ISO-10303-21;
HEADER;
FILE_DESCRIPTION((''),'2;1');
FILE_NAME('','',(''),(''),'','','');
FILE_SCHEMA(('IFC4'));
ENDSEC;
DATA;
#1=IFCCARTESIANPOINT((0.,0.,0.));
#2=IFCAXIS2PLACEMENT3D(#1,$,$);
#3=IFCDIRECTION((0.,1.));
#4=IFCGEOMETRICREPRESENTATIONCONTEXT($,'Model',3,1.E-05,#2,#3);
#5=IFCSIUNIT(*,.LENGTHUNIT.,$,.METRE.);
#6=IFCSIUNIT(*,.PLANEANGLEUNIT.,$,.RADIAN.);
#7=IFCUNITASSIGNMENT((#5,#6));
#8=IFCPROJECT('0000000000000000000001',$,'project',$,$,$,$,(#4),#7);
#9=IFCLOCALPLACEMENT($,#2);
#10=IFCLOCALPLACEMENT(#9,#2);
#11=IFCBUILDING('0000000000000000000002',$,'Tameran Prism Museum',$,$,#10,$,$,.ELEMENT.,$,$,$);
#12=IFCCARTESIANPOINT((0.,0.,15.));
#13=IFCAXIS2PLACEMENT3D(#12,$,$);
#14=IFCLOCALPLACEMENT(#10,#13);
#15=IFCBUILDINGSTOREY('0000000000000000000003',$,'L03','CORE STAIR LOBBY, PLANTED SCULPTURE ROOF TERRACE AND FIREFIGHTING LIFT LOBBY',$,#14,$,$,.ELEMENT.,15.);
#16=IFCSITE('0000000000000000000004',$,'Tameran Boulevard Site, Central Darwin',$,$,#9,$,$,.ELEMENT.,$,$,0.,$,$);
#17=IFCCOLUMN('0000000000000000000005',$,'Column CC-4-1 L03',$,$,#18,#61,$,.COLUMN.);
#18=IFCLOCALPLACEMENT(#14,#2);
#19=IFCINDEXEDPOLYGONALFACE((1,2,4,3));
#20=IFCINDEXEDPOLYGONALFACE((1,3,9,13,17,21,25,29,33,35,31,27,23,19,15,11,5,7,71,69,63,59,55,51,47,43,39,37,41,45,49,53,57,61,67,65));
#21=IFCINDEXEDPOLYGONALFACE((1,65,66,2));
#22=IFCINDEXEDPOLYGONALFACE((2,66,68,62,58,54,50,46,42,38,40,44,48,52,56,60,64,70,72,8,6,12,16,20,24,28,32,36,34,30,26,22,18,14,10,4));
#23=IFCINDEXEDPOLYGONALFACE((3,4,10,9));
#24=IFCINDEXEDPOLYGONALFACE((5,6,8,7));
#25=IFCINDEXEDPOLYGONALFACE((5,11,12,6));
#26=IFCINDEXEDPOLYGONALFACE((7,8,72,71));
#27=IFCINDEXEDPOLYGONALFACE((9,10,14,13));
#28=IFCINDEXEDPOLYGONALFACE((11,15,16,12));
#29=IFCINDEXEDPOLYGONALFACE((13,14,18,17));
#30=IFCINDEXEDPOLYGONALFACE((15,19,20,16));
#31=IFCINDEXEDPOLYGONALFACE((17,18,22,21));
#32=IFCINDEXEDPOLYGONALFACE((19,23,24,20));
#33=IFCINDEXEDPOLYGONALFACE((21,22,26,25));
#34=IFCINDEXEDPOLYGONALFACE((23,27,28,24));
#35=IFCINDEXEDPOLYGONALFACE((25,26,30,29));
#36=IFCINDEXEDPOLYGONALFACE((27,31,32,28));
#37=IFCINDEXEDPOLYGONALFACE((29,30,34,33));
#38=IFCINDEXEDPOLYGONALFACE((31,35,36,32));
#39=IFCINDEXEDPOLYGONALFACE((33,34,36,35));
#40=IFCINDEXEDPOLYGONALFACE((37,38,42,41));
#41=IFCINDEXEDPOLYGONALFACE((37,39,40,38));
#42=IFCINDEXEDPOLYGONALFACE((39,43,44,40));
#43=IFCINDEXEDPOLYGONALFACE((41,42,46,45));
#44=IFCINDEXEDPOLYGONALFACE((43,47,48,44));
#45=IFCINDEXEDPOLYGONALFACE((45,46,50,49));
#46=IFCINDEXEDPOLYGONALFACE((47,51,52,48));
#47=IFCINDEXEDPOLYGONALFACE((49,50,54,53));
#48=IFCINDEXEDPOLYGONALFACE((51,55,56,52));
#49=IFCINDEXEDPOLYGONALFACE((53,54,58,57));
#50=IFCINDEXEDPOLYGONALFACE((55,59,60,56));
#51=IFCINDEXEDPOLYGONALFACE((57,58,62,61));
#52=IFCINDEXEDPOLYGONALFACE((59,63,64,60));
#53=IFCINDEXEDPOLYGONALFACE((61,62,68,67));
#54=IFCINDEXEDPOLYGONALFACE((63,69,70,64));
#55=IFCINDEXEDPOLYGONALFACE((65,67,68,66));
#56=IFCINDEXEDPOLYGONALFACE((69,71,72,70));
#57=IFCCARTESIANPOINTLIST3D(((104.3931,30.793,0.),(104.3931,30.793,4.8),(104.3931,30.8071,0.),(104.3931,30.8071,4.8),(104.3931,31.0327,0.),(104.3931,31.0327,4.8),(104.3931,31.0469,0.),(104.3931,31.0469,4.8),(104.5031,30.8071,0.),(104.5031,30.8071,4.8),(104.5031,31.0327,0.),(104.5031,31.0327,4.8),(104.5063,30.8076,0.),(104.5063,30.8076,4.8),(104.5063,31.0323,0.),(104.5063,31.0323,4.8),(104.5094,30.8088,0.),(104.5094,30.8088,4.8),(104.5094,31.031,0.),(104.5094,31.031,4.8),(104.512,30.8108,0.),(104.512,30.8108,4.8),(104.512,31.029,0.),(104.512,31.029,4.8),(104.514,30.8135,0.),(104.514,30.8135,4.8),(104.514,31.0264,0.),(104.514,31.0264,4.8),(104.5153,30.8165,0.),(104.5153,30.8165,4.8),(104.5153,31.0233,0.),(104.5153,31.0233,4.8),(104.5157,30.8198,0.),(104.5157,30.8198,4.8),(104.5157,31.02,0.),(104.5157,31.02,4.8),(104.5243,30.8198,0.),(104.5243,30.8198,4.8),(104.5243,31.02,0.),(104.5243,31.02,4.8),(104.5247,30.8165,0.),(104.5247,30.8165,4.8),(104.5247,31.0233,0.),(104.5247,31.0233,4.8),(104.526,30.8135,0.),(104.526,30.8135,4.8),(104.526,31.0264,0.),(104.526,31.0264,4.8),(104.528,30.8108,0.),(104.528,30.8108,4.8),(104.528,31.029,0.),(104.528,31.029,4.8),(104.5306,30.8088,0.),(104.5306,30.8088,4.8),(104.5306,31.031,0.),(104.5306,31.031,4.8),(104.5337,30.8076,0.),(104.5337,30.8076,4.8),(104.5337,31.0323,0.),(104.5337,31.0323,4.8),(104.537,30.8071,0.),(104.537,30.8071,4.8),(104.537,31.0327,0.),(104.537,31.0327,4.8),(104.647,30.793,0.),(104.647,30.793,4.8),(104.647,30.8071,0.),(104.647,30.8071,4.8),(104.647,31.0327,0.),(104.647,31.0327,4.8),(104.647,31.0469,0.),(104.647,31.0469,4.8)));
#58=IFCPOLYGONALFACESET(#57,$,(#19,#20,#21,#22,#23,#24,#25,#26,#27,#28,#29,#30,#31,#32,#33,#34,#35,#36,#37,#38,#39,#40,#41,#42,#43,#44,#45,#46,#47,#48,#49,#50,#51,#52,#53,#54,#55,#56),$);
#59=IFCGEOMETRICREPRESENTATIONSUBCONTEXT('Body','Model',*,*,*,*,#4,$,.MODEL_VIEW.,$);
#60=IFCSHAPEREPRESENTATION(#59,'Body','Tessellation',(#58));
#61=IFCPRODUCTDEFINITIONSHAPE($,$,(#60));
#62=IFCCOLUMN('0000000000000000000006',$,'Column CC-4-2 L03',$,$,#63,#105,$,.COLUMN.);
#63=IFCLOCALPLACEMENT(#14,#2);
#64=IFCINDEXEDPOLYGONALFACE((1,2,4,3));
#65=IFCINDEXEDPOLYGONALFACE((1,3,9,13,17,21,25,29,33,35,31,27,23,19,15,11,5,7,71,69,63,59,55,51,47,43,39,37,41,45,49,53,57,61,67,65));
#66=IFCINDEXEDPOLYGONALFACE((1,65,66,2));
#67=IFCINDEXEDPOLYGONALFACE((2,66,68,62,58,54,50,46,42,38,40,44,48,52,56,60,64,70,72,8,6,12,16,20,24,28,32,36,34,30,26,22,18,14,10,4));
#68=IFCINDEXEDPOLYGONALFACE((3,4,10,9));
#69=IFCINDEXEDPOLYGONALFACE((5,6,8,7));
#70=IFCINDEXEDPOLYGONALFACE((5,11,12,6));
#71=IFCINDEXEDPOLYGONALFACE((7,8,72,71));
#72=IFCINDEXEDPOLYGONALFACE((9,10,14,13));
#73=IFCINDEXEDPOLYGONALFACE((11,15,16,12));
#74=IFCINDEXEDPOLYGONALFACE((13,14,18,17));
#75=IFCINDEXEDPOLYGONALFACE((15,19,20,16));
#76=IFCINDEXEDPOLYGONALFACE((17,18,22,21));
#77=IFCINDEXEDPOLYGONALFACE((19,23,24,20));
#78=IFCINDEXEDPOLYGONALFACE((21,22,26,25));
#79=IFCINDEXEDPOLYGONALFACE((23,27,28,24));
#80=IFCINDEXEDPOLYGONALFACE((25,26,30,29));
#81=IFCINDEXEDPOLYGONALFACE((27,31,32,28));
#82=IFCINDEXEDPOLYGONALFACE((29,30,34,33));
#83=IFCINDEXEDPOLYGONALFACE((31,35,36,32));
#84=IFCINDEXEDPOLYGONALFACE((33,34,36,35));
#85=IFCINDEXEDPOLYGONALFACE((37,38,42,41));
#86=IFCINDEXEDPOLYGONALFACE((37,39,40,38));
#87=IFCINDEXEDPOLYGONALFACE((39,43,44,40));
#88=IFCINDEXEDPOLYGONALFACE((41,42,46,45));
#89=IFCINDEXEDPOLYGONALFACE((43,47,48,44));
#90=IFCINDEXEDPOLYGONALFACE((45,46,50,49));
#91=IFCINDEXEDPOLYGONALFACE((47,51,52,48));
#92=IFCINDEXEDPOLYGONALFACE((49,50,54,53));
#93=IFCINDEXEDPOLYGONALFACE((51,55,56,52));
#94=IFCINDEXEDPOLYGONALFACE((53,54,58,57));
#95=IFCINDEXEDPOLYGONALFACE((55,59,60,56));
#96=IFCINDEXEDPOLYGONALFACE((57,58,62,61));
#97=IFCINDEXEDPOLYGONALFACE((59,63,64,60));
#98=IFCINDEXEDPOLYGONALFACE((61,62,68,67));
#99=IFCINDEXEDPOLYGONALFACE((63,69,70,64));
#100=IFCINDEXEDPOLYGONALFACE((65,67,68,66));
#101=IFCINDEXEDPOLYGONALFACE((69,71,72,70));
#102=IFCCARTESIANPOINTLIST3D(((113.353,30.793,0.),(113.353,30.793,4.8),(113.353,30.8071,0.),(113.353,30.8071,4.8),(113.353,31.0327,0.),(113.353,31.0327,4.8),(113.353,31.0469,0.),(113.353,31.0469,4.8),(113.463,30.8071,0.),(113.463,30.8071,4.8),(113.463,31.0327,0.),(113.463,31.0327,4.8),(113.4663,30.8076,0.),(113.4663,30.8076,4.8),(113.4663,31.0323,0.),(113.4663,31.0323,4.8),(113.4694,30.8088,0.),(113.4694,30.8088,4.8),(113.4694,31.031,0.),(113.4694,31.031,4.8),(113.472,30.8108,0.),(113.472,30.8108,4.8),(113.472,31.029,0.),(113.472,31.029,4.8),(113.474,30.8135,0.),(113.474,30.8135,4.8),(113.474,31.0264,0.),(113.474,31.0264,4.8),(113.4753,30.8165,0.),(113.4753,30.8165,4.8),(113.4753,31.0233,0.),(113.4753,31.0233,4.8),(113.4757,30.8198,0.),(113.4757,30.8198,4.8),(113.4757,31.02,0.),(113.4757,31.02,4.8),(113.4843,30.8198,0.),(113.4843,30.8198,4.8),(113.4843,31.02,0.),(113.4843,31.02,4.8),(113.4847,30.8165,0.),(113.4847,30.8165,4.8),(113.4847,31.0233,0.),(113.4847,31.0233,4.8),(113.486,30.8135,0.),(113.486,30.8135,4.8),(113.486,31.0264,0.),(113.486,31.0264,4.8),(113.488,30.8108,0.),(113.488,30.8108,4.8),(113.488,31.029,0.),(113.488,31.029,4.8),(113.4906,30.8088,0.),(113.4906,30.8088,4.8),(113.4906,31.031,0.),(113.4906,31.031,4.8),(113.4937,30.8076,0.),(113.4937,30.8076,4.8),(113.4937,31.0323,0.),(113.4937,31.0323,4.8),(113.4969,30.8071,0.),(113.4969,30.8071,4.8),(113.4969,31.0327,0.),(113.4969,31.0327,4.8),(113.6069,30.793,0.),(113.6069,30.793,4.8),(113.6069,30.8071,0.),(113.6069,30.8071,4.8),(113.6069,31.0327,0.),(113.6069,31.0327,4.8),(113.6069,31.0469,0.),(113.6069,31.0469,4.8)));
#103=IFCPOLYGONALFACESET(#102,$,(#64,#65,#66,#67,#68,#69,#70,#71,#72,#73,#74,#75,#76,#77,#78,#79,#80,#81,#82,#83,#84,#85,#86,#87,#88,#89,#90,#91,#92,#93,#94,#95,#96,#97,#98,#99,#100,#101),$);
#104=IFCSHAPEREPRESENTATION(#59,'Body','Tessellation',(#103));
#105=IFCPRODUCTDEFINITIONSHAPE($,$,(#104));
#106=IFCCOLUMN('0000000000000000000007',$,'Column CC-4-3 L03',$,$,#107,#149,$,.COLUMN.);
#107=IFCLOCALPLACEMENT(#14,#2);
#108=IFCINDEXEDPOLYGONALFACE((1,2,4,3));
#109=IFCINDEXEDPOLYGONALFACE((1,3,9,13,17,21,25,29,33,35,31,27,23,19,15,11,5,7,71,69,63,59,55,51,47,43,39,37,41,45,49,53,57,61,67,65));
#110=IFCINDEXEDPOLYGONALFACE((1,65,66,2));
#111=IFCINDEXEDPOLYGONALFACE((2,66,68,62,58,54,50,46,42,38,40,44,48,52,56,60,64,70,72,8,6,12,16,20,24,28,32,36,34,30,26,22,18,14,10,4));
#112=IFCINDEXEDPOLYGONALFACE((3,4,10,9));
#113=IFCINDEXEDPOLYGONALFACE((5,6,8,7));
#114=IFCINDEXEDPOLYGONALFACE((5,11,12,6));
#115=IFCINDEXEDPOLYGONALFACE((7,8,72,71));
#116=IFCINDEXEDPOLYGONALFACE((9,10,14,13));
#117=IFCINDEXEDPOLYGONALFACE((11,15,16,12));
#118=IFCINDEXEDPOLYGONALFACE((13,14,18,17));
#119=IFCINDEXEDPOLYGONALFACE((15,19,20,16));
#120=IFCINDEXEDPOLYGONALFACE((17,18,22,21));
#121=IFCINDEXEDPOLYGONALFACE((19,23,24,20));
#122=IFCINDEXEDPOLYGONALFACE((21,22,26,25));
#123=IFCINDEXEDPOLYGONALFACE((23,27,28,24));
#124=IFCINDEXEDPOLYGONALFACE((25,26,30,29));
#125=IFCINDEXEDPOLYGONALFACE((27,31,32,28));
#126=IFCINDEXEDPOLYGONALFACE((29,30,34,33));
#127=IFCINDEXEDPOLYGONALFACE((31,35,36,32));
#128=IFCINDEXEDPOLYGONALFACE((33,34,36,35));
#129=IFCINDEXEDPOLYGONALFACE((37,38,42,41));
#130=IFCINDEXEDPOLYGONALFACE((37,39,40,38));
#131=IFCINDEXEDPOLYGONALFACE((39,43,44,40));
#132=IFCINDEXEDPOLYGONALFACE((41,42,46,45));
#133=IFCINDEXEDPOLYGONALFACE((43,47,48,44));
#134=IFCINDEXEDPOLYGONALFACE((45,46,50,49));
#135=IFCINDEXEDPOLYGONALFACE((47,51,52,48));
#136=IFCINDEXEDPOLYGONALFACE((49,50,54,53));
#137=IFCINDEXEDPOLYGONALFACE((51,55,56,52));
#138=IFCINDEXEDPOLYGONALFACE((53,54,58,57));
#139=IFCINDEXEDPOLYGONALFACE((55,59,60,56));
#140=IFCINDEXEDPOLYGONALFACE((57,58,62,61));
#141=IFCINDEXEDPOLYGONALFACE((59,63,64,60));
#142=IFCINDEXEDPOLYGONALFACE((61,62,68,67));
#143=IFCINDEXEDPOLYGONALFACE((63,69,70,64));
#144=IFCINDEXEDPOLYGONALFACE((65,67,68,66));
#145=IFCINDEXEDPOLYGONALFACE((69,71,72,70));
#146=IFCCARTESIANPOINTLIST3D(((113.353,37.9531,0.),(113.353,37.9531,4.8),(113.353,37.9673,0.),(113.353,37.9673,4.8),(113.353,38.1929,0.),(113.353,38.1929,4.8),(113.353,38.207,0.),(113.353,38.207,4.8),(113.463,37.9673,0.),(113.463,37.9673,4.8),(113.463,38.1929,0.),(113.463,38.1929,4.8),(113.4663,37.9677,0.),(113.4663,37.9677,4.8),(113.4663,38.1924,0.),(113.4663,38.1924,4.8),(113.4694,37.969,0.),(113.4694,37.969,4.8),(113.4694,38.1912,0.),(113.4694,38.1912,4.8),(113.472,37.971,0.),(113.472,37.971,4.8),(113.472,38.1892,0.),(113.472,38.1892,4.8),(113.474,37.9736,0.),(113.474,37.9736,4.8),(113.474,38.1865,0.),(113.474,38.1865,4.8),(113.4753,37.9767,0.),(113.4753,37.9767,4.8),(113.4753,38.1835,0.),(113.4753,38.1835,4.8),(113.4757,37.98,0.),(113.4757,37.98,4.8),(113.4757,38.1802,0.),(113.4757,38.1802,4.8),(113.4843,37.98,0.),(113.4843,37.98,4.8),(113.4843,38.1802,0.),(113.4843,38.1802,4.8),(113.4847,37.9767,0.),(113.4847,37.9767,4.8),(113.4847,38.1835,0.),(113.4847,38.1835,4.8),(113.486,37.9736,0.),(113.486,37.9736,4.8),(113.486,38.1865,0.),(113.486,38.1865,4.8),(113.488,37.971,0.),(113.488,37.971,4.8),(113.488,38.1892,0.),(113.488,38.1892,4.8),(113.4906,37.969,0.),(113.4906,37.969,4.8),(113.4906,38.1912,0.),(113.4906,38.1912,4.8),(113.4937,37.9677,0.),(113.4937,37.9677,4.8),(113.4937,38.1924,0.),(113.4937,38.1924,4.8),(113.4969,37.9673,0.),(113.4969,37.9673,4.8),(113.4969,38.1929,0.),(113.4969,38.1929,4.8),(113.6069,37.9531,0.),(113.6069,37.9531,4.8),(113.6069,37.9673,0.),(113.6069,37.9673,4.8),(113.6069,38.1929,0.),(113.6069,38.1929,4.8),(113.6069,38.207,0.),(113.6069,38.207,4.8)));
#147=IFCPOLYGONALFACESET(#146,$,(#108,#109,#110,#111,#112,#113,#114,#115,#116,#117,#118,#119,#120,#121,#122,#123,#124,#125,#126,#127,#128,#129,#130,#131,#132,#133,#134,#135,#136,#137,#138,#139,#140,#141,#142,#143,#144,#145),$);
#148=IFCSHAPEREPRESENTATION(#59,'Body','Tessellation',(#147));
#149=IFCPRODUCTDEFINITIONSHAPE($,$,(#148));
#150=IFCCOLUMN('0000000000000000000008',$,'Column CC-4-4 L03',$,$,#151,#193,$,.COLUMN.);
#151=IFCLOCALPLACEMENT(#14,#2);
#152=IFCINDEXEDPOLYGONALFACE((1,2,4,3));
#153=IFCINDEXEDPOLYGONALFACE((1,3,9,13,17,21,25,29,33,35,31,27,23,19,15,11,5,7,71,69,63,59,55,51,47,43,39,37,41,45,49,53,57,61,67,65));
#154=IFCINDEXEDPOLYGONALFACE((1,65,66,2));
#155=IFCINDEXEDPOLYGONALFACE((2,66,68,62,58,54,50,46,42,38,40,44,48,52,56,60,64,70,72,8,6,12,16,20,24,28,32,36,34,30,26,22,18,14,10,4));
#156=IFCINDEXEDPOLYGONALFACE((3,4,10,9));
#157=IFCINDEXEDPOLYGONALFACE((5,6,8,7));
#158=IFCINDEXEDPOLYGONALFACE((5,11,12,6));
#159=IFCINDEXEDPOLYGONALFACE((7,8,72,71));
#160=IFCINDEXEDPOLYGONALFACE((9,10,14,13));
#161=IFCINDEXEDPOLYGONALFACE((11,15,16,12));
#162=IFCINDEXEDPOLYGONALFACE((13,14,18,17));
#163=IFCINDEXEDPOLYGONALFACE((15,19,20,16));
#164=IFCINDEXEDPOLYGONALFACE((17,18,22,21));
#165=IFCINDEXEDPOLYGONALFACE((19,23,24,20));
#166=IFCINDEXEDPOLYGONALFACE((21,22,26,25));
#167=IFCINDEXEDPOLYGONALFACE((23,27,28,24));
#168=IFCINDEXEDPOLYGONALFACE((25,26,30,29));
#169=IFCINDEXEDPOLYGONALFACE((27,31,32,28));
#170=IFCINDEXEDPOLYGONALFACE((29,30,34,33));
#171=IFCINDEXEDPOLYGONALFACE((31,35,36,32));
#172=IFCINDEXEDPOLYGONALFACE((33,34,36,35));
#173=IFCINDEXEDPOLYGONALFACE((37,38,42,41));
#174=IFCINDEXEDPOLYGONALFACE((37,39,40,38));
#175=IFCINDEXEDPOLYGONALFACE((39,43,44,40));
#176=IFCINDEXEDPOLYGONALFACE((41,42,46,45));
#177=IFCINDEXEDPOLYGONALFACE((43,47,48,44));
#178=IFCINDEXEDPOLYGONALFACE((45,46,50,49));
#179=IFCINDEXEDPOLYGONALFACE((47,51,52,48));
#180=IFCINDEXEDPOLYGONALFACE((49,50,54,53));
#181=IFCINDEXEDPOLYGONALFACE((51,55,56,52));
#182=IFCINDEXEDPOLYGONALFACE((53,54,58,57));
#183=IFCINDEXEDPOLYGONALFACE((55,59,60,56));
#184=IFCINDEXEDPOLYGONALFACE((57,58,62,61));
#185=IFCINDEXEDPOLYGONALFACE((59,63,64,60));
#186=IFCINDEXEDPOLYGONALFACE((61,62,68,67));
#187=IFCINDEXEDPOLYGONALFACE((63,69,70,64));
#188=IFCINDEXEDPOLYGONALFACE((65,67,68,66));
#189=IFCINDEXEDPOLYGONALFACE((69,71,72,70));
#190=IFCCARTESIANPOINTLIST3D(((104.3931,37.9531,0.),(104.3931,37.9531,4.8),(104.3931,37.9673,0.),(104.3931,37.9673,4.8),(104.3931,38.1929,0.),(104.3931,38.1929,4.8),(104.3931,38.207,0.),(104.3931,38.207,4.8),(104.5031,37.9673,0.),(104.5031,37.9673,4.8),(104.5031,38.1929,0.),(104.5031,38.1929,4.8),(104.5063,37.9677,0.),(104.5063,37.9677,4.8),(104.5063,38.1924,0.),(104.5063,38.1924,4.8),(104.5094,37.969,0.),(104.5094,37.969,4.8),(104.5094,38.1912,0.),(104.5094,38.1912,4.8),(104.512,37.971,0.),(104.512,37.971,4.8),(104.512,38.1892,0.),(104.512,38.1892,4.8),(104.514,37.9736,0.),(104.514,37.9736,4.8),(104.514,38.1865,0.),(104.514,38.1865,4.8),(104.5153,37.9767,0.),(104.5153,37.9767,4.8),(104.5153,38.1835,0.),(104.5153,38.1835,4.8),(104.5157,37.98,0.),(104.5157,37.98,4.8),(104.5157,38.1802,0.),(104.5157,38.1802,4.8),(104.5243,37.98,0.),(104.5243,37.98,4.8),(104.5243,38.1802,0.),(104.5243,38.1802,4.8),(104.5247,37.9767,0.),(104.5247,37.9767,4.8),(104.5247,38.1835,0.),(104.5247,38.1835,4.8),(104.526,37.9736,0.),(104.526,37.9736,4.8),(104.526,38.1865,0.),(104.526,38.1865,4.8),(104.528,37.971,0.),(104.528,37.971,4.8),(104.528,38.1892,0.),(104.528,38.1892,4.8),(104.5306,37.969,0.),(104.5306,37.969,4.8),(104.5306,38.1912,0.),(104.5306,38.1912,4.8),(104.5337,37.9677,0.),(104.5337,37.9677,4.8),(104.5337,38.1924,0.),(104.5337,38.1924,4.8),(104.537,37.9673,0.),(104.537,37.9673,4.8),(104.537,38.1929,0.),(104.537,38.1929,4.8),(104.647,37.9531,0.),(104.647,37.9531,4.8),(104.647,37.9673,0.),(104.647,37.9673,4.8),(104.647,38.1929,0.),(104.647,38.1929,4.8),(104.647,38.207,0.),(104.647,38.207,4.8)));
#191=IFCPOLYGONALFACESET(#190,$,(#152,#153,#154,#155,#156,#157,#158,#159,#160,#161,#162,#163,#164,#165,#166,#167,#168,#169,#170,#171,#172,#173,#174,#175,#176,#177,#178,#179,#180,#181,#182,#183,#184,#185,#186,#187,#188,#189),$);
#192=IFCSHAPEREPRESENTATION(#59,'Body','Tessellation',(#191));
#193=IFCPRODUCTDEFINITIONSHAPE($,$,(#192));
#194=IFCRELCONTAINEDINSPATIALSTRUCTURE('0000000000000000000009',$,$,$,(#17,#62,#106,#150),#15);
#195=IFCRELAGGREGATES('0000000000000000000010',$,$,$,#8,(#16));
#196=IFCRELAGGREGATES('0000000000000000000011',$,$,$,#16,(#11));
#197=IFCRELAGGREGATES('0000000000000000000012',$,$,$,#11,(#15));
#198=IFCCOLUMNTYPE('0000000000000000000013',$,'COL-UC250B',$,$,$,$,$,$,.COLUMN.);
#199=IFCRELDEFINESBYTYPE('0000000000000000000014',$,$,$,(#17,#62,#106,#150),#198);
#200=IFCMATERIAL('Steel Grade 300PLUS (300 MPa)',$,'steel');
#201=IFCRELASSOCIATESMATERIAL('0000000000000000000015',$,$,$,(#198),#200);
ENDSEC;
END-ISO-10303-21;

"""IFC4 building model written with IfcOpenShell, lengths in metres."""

from ifc_helpers import new_model, si_unit, direction, frame, origin, origin_2d, place, context, subcontext, project, spatial, i_section, extrude, material, material_profile, profile_set, type_object, element, save


model = new_model("IFC4")

# Units and contexts
model_context = context("Model", 3, precision=1e-05, world=origin(), true_north=direction((0.0, 1.0)))
body_context = subcontext(model_context, "Body", "Model", "MODEL_VIEW")
ifc_project = project(units=[si_unit("LENGTHUNIT", "METRE"), si_unit("PLANEANGLEUNIT", "RADIAN")], contexts=[model_context])

# Site, building, storey
site_placement = place(None, origin())
site = spatial("IfcSite", under=ifc_project, at=site_placement, Name="Tameran Boulevard Site, Central Darwin", CompositionType="ELEMENT", RefElevation=0.0)
building_placement = place(site_placement, origin())
building = spatial("IfcBuilding", under=site, at=building_placement, Name="Tameran Prism Museum", CompositionType="ELEMENT")
storey_placement = place(building_placement, frame((0.0, 0.0, 15.0)))
storey = spatial("IfcBuildingStorey", under=building, at=storey_placement, Name="L03", Description="CORE STAIR LOBBY, PLANTED SCULPTURE ROOF TERRACE AND FIREFIGHTING LIFT LOBBY", CompositionType="ELEMENT", Elevation=15.0)

# Columns
ifc_material_1 = material(Name="Steel Grade 300PLUS (300 MPa)", Category="steel")
ifc_material_profile_1 = material_profile(ifc_material_1, i_section(OverallWidth=0.2539, OverallDepth=0.2539, WebThickness=0.0085, FlangeThickness=0.0142, FilletRadius=0.0127, at=origin_2d()))
ifc_profile_set_1 = profile_set([ifc_material_profile_1])
column_type = type_object("IfcColumnType", Name="COL-UC250B", PredefinedType="COLUMN", material=ifc_profile_set_1)
for number, where, z_axis, x_axis, name in (
    (1, (104.52, 30.9199, 0.0), (0.0, 0.0, 1.0), (1.0, 0.0, 0.0), "Column CC-4-1 L03"),
    (2, (113.48, 30.9199, 0.0), (0.0, 0.0, 1.0), (1.0, 0.0, 0.0), "Column CC-4-2 L03"),
    (3, (113.48, 38.0801, 0.0), (0.0, 0.0, 1.0), (1.0, 0.0, 0.0), "Column CC-4-3 L03"),
    (4, (104.52, 38.0801, 0.0), (0.0, 0.0, 1.0), (1.0, 0.0, 0.0), "Column CC-4-4 L03"),
):
    element("IfcColumn", number, at=place(storey_placement, frame(where, z_axis=z_axis, x_axis=x_axis)), inside=storey, type_object=column_type, Name=name, PredefinedType="COLUMN", context=body_context, shape_type="SweptSolid", body=[
        extrude(i_section(OverallWidth=0.2539, OverallDepth=0.2539, WebThickness=0.0085, FlangeThickness=0.0142, FilletRadius=0.0127, at=origin_2d()), origin(), (0.0, 0.0, 1.0), 4.8),
    ])

save(model, "model.ifc")
